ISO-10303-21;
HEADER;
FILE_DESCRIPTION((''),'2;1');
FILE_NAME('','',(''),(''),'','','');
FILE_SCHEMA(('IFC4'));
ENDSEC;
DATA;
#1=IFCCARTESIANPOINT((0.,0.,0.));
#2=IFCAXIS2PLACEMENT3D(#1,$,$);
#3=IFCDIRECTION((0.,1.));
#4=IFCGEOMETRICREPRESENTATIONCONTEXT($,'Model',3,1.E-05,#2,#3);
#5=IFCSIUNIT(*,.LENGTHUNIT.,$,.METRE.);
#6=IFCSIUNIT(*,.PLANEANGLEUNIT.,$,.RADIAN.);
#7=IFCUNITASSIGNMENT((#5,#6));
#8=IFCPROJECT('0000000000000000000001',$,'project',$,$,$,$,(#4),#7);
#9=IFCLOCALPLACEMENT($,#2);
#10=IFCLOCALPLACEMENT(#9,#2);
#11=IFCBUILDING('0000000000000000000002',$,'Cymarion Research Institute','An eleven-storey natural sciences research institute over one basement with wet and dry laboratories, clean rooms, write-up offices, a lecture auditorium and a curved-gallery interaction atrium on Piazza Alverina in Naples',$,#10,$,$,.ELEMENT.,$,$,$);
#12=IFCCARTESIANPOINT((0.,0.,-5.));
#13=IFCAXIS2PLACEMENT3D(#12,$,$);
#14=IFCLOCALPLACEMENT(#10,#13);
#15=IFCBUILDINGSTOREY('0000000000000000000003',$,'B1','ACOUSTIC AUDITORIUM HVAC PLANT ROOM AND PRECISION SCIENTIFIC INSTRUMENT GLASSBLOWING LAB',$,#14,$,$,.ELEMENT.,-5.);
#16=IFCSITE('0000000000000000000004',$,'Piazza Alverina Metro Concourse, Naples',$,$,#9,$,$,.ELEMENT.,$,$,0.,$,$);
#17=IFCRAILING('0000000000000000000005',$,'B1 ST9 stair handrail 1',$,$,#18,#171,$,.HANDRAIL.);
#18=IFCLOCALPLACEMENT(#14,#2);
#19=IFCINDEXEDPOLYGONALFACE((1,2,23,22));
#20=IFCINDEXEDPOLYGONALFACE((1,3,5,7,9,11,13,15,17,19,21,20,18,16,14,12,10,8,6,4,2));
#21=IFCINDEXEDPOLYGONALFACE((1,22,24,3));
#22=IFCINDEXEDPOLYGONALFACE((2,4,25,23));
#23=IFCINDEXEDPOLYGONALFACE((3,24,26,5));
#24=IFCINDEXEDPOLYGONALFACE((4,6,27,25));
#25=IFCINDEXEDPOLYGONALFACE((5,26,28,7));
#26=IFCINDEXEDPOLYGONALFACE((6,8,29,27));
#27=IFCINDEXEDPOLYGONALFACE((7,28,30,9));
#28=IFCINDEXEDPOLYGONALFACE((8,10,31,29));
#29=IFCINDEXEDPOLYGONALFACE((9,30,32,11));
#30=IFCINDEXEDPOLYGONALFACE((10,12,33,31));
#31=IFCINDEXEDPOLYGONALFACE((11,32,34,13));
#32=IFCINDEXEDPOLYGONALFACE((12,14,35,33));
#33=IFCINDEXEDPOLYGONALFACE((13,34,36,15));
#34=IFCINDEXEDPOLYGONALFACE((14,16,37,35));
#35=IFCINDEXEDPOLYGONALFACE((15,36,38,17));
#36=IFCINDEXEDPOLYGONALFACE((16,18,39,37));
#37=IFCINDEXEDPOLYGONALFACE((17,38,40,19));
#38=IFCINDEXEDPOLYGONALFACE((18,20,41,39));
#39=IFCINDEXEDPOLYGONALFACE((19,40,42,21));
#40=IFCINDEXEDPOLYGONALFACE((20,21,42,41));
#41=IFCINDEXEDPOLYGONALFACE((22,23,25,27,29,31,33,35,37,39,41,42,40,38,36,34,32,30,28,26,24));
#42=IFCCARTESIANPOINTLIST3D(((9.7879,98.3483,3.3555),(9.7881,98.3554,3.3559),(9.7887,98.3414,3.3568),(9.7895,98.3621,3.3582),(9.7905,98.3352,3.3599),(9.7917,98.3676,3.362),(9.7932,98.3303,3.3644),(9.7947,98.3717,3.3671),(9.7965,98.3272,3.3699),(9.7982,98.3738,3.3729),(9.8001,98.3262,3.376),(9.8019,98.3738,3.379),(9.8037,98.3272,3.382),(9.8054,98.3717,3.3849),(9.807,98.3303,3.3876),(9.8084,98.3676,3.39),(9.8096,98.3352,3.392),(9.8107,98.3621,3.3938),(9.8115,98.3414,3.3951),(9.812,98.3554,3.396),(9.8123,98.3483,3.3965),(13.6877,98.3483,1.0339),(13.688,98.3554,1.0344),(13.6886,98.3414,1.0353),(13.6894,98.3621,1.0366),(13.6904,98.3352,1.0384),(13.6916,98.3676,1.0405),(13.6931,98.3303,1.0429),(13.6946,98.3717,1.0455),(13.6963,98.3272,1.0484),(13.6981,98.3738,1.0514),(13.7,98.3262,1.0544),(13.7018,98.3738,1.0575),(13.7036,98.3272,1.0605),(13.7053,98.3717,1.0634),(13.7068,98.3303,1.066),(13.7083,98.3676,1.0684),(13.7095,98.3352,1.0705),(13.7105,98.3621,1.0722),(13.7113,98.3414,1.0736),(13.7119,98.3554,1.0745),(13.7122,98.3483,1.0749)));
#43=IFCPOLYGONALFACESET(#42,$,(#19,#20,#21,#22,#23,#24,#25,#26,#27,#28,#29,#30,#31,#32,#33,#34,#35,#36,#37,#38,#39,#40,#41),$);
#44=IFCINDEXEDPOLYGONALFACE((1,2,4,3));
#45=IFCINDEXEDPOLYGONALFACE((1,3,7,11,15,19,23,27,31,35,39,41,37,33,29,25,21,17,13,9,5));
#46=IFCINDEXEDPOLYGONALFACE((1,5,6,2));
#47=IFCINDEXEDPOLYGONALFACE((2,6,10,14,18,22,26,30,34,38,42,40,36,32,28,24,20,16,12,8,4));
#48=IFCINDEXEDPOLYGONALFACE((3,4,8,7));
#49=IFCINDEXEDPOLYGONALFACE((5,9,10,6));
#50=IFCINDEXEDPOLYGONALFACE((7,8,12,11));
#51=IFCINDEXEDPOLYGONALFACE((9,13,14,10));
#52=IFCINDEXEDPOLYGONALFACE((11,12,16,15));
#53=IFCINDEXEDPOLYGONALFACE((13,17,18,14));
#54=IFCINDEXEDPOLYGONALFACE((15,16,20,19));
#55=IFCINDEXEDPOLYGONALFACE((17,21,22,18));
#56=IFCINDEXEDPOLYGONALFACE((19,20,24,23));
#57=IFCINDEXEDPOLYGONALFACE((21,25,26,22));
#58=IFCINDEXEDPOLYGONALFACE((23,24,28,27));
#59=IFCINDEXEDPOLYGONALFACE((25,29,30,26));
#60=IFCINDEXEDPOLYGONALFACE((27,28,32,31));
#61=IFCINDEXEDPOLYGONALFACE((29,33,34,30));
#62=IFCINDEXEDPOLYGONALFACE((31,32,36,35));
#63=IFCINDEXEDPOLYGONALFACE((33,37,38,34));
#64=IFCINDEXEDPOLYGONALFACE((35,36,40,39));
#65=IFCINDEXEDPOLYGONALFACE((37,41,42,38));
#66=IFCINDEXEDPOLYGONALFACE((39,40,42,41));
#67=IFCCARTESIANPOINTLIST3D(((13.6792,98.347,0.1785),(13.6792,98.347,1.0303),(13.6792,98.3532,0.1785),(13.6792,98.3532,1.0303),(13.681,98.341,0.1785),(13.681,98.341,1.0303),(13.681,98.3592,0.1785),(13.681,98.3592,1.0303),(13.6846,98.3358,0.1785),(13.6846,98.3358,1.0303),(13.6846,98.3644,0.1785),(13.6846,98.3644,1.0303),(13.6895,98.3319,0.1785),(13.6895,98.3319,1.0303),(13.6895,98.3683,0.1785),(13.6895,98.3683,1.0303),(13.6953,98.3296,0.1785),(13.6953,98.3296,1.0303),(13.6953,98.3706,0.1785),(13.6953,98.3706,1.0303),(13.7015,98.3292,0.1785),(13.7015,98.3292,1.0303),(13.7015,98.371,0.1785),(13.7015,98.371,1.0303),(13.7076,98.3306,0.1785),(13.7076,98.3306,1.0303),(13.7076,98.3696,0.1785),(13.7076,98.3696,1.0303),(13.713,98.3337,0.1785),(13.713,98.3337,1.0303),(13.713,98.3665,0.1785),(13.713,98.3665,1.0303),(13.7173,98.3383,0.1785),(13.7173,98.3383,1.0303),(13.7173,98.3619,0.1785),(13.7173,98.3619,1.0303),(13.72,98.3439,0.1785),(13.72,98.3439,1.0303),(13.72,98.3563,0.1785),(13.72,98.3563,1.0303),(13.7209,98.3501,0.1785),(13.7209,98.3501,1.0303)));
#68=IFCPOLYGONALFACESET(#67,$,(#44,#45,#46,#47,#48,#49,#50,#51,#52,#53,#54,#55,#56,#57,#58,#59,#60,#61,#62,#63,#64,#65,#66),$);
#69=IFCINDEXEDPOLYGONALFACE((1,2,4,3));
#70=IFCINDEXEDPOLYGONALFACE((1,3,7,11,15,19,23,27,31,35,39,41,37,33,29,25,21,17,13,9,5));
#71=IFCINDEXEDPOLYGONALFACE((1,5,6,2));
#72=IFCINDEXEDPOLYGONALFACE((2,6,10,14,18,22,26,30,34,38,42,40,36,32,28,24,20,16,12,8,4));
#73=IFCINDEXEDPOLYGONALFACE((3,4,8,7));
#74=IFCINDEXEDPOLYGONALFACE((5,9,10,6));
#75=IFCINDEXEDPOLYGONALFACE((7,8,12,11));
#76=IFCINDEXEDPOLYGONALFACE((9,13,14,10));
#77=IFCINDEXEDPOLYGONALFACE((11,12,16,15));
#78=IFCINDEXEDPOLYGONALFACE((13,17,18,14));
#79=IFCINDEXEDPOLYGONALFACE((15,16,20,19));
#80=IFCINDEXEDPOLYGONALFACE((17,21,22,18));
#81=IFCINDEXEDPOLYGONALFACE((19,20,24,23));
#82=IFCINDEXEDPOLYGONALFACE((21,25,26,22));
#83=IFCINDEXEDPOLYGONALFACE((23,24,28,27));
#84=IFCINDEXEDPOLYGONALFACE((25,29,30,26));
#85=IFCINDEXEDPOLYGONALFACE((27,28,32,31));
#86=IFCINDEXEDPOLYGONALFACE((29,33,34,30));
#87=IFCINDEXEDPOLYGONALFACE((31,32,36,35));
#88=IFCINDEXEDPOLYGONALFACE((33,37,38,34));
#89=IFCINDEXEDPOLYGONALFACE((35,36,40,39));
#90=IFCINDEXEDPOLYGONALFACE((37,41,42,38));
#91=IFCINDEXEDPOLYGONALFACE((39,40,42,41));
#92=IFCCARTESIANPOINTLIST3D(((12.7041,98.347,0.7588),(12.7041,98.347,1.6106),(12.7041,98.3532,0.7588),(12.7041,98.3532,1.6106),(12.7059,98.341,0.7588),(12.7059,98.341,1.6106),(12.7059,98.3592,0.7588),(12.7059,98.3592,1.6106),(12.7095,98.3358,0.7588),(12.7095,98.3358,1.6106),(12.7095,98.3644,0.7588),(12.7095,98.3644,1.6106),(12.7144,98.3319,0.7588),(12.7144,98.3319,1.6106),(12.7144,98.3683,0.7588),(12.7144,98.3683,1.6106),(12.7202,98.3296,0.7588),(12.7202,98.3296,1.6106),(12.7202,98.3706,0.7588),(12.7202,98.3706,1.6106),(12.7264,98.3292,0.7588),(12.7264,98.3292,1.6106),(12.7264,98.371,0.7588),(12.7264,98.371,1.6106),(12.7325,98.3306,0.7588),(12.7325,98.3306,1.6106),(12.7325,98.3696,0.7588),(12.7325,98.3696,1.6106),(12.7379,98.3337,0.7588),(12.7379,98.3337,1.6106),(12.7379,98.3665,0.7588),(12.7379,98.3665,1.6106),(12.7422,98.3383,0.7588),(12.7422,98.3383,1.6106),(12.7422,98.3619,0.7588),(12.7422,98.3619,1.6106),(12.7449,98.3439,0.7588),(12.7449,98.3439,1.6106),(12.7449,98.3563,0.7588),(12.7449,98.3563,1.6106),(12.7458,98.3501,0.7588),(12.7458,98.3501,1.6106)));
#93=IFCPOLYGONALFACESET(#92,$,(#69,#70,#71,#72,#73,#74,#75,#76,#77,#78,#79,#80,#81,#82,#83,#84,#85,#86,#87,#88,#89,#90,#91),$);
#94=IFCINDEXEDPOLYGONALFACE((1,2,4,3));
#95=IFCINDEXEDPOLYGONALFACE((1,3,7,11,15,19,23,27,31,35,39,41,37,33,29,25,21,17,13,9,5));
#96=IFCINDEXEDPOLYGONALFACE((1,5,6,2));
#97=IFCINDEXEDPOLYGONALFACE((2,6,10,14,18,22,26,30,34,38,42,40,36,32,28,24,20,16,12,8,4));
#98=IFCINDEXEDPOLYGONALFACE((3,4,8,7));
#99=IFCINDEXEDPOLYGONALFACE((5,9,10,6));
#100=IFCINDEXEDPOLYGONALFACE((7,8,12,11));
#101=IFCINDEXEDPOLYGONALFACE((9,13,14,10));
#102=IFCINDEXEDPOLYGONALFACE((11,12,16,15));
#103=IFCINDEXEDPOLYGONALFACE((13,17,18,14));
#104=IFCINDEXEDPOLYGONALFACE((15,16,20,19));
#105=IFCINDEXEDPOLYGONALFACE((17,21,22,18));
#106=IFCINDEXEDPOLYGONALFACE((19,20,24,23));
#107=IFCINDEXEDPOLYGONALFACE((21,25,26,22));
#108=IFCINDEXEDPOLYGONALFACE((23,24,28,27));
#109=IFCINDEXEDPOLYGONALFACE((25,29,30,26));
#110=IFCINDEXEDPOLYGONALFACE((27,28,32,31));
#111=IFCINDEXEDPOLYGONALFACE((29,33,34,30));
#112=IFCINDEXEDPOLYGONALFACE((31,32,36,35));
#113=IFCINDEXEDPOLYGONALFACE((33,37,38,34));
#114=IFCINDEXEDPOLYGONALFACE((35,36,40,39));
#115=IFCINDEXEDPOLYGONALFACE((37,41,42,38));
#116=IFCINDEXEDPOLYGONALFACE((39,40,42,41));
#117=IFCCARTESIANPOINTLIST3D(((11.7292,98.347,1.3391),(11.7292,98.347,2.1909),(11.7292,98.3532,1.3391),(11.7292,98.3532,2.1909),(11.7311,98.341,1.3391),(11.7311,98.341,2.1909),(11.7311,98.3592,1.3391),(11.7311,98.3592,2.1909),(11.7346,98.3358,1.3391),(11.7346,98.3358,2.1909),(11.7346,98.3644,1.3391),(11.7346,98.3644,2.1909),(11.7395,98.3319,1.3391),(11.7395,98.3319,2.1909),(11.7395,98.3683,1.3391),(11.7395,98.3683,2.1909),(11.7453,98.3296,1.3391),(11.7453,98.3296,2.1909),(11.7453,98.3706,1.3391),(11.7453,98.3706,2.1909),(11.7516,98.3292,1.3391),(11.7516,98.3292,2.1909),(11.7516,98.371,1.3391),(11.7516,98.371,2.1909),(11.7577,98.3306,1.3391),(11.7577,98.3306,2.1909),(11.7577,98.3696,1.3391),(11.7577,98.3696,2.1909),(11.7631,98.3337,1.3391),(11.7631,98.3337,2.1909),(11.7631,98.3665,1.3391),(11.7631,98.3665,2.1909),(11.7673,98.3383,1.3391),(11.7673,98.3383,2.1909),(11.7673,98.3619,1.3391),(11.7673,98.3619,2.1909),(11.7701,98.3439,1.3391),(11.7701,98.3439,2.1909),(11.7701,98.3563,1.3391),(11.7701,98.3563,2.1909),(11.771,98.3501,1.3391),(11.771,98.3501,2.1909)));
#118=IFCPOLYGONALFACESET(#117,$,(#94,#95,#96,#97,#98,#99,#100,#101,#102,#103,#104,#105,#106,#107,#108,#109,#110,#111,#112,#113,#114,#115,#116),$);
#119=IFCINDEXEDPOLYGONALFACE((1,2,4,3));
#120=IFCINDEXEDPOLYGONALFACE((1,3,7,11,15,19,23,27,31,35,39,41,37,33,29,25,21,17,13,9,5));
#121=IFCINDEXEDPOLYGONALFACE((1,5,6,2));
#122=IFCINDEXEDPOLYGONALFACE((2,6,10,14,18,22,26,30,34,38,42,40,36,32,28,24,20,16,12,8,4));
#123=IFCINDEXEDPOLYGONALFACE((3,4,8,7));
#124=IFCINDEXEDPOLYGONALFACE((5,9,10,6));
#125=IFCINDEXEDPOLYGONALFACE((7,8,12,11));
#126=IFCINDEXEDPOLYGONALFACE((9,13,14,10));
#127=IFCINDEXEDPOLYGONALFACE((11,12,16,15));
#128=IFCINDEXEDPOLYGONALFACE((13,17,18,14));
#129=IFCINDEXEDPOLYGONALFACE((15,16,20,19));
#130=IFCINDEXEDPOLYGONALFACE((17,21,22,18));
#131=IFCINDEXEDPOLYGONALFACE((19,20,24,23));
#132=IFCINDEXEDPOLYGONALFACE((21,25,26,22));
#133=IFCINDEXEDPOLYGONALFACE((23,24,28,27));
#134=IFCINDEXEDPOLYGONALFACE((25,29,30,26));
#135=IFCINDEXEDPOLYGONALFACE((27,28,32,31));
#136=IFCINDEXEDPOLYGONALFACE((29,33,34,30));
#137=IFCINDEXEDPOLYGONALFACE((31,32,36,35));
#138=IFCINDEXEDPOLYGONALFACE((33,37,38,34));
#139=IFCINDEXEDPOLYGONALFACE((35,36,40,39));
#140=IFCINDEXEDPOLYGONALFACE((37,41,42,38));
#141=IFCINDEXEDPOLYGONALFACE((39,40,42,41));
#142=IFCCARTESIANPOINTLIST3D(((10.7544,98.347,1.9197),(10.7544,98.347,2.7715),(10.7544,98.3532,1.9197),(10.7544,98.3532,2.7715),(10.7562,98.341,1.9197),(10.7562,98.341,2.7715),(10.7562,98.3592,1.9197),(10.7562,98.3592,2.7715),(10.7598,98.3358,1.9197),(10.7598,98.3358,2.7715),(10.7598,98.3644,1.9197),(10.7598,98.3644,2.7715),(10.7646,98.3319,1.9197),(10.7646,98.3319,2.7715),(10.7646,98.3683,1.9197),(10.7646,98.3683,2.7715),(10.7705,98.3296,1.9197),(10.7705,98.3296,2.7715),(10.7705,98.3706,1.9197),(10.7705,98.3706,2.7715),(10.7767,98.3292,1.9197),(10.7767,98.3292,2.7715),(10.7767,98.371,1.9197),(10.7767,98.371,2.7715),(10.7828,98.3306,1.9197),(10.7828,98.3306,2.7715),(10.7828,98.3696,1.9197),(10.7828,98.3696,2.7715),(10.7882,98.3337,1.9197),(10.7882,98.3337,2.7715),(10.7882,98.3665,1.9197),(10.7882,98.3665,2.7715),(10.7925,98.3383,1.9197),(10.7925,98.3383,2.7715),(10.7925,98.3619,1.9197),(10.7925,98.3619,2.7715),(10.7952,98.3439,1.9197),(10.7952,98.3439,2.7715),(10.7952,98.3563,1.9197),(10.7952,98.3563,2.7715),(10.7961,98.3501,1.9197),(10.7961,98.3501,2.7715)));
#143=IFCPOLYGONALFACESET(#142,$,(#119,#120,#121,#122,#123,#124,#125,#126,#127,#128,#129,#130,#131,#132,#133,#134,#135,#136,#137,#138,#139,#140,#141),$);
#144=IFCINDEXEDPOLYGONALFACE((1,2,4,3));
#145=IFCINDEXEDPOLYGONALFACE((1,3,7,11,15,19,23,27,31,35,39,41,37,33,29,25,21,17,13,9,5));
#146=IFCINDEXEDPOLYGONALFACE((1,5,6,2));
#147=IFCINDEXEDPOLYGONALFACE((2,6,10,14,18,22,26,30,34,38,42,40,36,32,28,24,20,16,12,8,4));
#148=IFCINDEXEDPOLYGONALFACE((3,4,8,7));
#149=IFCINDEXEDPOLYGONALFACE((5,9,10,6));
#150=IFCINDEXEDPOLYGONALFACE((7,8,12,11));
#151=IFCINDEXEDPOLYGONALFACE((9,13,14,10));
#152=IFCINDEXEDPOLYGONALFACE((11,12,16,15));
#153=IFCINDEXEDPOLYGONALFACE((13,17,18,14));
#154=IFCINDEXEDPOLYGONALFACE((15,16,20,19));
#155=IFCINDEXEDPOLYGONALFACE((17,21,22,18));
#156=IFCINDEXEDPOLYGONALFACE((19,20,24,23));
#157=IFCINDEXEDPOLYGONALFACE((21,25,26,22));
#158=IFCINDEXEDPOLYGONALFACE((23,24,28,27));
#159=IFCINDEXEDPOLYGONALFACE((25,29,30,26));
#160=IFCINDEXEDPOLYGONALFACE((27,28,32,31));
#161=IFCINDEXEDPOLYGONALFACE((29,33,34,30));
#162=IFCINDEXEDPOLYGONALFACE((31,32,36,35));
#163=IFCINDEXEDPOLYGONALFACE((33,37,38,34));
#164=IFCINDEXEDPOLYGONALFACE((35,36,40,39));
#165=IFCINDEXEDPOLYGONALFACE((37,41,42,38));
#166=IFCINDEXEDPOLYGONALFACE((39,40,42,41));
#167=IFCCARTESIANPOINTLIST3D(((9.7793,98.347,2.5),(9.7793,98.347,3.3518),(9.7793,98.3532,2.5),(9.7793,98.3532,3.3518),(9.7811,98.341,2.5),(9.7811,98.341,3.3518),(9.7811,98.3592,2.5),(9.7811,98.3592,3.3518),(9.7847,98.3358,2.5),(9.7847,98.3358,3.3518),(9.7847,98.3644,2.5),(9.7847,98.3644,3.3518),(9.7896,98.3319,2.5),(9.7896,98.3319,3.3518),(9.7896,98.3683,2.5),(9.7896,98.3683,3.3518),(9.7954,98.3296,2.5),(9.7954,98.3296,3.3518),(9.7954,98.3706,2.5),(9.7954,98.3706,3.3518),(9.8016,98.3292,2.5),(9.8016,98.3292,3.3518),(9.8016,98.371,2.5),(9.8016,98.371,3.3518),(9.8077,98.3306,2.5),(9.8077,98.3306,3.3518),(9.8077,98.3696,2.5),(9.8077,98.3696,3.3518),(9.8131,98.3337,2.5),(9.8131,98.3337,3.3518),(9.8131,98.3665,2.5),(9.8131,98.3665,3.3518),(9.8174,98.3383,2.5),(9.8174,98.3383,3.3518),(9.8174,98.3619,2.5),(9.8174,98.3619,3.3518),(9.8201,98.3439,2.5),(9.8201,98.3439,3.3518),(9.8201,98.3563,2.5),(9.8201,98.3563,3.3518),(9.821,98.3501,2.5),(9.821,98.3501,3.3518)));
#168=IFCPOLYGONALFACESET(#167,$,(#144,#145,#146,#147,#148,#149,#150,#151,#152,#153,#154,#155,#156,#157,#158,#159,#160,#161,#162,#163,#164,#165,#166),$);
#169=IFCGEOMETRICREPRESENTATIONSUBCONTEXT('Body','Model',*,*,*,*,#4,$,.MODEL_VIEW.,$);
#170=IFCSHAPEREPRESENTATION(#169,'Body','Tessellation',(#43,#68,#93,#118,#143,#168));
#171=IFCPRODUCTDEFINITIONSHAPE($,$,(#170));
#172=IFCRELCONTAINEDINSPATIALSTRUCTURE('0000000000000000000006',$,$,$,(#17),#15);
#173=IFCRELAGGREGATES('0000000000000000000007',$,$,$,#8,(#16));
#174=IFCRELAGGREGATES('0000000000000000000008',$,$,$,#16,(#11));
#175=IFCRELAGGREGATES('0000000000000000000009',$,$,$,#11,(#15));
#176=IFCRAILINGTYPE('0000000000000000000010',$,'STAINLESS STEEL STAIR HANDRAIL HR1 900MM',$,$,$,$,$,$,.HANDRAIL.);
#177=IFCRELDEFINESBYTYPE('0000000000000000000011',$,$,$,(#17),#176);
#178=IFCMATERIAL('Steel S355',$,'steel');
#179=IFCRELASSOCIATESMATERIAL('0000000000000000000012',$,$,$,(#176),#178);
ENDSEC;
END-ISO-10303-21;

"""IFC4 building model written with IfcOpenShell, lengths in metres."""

from ifc_helpers import new_model, si_unit, direction, frame, origin, origin_2d, place, context, subcontext, project, spatial, circle, extrude, material, type_object, element, save


model = new_model("IFC4")

# Units and contexts
model_context = context("Model", 3, precision=1e-05, world=origin(), true_north=direction((0.0, 1.0)))
body_context = subcontext(model_context, "Body", "Model", "MODEL_VIEW")
ifc_project = project(units=[si_unit("LENGTHUNIT", "METRE"), si_unit("PLANEANGLEUNIT", "RADIAN")], contexts=[model_context])

# Site, building, storey
site_placement = place(None, origin())
site = spatial("IfcSite", under=ifc_project, at=site_placement, Name="Piazza Alverina Metro Concourse, Naples", CompositionType="ELEMENT", RefElevation=0.0)
building_placement = place(site_placement, origin())
building = spatial("IfcBuilding", under=site, at=building_placement, Name="Cymarion Research Institute", Description="An eleven-storey natural sciences research institute over one basement with wet and dry laboratories, clean rooms, write-up offices, a lecture auditorium and a curved-gallery interaction atrium on Piazza Alverina in Naples", CompositionType="ELEMENT")
storey_placement = place(building_placement, frame((0.0, 0.0, -5.0)))
storey = spatial("IfcBuildingStorey", under=building, at=storey_placement, Name="B1", Description="ACOUSTIC AUDITORIUM HVAC PLANT ROOM AND PRECISION SCIENTIFIC INSTRUMENT GLASSBLOWING LAB", CompositionType="ELEMENT", Elevation=-5.0)

# Shared definitions
ifc_material_1 = material(Name="Steel S355", Category="steel")

# Railing
railing_type_1 = type_object("IfcRailingType", Name="STAINLESS STEEL STAIR HANDRAIL HR1 900MM", PredefinedType="HANDRAIL", material=ifc_material_1)
railing_1_placement = place(storey_placement, frame((13.7, 98.3501, 0.1785)))
element("IfcRailing", 1, at=railing_1_placement, inside=storey, type_object=railing_type_1, Name="B1 ST9 stair handrail 1", PredefinedType="HANDRAIL", context=body_context, shape_type="SweptSolid", body=[
    extrude(circle(Radius=0.0239, at=origin_2d()), frame((0.0, 0.0, 0.876), z_axis=(-0.859277, 0.0, 0.51151), x_axis=(0.0, -1.0, 0.0)), (0.0, 0.0, 1.0), 4.5386),
    extrude(circle(Radius=0.021, at=origin_2d()), origin(), (0.0, 0.0, 1.0), 0.8518),
    extrude(circle(Radius=0.021, at=origin_2d()), frame((-0.9751, 0.0, 0.5803)), (0.0, 0.0, 1.0), 0.8518),
    extrude(circle(Radius=0.021, at=origin_2d()), frame((-1.95, 0.0, 1.1606)), (0.0, 0.0, 1.0), 0.8518),
    extrude(circle(Radius=0.021, at=origin_2d()), frame((-2.9248, 0.0, 1.7412)), (0.0, 0.0, 1.0), 0.8518),
    extrude(circle(Radius=0.021, at=origin_2d()), frame((-3.8999, 0.0, 2.3215)), (0.0, 0.0, 1.0), 0.8518),
])

save(model, "model.ifc")
